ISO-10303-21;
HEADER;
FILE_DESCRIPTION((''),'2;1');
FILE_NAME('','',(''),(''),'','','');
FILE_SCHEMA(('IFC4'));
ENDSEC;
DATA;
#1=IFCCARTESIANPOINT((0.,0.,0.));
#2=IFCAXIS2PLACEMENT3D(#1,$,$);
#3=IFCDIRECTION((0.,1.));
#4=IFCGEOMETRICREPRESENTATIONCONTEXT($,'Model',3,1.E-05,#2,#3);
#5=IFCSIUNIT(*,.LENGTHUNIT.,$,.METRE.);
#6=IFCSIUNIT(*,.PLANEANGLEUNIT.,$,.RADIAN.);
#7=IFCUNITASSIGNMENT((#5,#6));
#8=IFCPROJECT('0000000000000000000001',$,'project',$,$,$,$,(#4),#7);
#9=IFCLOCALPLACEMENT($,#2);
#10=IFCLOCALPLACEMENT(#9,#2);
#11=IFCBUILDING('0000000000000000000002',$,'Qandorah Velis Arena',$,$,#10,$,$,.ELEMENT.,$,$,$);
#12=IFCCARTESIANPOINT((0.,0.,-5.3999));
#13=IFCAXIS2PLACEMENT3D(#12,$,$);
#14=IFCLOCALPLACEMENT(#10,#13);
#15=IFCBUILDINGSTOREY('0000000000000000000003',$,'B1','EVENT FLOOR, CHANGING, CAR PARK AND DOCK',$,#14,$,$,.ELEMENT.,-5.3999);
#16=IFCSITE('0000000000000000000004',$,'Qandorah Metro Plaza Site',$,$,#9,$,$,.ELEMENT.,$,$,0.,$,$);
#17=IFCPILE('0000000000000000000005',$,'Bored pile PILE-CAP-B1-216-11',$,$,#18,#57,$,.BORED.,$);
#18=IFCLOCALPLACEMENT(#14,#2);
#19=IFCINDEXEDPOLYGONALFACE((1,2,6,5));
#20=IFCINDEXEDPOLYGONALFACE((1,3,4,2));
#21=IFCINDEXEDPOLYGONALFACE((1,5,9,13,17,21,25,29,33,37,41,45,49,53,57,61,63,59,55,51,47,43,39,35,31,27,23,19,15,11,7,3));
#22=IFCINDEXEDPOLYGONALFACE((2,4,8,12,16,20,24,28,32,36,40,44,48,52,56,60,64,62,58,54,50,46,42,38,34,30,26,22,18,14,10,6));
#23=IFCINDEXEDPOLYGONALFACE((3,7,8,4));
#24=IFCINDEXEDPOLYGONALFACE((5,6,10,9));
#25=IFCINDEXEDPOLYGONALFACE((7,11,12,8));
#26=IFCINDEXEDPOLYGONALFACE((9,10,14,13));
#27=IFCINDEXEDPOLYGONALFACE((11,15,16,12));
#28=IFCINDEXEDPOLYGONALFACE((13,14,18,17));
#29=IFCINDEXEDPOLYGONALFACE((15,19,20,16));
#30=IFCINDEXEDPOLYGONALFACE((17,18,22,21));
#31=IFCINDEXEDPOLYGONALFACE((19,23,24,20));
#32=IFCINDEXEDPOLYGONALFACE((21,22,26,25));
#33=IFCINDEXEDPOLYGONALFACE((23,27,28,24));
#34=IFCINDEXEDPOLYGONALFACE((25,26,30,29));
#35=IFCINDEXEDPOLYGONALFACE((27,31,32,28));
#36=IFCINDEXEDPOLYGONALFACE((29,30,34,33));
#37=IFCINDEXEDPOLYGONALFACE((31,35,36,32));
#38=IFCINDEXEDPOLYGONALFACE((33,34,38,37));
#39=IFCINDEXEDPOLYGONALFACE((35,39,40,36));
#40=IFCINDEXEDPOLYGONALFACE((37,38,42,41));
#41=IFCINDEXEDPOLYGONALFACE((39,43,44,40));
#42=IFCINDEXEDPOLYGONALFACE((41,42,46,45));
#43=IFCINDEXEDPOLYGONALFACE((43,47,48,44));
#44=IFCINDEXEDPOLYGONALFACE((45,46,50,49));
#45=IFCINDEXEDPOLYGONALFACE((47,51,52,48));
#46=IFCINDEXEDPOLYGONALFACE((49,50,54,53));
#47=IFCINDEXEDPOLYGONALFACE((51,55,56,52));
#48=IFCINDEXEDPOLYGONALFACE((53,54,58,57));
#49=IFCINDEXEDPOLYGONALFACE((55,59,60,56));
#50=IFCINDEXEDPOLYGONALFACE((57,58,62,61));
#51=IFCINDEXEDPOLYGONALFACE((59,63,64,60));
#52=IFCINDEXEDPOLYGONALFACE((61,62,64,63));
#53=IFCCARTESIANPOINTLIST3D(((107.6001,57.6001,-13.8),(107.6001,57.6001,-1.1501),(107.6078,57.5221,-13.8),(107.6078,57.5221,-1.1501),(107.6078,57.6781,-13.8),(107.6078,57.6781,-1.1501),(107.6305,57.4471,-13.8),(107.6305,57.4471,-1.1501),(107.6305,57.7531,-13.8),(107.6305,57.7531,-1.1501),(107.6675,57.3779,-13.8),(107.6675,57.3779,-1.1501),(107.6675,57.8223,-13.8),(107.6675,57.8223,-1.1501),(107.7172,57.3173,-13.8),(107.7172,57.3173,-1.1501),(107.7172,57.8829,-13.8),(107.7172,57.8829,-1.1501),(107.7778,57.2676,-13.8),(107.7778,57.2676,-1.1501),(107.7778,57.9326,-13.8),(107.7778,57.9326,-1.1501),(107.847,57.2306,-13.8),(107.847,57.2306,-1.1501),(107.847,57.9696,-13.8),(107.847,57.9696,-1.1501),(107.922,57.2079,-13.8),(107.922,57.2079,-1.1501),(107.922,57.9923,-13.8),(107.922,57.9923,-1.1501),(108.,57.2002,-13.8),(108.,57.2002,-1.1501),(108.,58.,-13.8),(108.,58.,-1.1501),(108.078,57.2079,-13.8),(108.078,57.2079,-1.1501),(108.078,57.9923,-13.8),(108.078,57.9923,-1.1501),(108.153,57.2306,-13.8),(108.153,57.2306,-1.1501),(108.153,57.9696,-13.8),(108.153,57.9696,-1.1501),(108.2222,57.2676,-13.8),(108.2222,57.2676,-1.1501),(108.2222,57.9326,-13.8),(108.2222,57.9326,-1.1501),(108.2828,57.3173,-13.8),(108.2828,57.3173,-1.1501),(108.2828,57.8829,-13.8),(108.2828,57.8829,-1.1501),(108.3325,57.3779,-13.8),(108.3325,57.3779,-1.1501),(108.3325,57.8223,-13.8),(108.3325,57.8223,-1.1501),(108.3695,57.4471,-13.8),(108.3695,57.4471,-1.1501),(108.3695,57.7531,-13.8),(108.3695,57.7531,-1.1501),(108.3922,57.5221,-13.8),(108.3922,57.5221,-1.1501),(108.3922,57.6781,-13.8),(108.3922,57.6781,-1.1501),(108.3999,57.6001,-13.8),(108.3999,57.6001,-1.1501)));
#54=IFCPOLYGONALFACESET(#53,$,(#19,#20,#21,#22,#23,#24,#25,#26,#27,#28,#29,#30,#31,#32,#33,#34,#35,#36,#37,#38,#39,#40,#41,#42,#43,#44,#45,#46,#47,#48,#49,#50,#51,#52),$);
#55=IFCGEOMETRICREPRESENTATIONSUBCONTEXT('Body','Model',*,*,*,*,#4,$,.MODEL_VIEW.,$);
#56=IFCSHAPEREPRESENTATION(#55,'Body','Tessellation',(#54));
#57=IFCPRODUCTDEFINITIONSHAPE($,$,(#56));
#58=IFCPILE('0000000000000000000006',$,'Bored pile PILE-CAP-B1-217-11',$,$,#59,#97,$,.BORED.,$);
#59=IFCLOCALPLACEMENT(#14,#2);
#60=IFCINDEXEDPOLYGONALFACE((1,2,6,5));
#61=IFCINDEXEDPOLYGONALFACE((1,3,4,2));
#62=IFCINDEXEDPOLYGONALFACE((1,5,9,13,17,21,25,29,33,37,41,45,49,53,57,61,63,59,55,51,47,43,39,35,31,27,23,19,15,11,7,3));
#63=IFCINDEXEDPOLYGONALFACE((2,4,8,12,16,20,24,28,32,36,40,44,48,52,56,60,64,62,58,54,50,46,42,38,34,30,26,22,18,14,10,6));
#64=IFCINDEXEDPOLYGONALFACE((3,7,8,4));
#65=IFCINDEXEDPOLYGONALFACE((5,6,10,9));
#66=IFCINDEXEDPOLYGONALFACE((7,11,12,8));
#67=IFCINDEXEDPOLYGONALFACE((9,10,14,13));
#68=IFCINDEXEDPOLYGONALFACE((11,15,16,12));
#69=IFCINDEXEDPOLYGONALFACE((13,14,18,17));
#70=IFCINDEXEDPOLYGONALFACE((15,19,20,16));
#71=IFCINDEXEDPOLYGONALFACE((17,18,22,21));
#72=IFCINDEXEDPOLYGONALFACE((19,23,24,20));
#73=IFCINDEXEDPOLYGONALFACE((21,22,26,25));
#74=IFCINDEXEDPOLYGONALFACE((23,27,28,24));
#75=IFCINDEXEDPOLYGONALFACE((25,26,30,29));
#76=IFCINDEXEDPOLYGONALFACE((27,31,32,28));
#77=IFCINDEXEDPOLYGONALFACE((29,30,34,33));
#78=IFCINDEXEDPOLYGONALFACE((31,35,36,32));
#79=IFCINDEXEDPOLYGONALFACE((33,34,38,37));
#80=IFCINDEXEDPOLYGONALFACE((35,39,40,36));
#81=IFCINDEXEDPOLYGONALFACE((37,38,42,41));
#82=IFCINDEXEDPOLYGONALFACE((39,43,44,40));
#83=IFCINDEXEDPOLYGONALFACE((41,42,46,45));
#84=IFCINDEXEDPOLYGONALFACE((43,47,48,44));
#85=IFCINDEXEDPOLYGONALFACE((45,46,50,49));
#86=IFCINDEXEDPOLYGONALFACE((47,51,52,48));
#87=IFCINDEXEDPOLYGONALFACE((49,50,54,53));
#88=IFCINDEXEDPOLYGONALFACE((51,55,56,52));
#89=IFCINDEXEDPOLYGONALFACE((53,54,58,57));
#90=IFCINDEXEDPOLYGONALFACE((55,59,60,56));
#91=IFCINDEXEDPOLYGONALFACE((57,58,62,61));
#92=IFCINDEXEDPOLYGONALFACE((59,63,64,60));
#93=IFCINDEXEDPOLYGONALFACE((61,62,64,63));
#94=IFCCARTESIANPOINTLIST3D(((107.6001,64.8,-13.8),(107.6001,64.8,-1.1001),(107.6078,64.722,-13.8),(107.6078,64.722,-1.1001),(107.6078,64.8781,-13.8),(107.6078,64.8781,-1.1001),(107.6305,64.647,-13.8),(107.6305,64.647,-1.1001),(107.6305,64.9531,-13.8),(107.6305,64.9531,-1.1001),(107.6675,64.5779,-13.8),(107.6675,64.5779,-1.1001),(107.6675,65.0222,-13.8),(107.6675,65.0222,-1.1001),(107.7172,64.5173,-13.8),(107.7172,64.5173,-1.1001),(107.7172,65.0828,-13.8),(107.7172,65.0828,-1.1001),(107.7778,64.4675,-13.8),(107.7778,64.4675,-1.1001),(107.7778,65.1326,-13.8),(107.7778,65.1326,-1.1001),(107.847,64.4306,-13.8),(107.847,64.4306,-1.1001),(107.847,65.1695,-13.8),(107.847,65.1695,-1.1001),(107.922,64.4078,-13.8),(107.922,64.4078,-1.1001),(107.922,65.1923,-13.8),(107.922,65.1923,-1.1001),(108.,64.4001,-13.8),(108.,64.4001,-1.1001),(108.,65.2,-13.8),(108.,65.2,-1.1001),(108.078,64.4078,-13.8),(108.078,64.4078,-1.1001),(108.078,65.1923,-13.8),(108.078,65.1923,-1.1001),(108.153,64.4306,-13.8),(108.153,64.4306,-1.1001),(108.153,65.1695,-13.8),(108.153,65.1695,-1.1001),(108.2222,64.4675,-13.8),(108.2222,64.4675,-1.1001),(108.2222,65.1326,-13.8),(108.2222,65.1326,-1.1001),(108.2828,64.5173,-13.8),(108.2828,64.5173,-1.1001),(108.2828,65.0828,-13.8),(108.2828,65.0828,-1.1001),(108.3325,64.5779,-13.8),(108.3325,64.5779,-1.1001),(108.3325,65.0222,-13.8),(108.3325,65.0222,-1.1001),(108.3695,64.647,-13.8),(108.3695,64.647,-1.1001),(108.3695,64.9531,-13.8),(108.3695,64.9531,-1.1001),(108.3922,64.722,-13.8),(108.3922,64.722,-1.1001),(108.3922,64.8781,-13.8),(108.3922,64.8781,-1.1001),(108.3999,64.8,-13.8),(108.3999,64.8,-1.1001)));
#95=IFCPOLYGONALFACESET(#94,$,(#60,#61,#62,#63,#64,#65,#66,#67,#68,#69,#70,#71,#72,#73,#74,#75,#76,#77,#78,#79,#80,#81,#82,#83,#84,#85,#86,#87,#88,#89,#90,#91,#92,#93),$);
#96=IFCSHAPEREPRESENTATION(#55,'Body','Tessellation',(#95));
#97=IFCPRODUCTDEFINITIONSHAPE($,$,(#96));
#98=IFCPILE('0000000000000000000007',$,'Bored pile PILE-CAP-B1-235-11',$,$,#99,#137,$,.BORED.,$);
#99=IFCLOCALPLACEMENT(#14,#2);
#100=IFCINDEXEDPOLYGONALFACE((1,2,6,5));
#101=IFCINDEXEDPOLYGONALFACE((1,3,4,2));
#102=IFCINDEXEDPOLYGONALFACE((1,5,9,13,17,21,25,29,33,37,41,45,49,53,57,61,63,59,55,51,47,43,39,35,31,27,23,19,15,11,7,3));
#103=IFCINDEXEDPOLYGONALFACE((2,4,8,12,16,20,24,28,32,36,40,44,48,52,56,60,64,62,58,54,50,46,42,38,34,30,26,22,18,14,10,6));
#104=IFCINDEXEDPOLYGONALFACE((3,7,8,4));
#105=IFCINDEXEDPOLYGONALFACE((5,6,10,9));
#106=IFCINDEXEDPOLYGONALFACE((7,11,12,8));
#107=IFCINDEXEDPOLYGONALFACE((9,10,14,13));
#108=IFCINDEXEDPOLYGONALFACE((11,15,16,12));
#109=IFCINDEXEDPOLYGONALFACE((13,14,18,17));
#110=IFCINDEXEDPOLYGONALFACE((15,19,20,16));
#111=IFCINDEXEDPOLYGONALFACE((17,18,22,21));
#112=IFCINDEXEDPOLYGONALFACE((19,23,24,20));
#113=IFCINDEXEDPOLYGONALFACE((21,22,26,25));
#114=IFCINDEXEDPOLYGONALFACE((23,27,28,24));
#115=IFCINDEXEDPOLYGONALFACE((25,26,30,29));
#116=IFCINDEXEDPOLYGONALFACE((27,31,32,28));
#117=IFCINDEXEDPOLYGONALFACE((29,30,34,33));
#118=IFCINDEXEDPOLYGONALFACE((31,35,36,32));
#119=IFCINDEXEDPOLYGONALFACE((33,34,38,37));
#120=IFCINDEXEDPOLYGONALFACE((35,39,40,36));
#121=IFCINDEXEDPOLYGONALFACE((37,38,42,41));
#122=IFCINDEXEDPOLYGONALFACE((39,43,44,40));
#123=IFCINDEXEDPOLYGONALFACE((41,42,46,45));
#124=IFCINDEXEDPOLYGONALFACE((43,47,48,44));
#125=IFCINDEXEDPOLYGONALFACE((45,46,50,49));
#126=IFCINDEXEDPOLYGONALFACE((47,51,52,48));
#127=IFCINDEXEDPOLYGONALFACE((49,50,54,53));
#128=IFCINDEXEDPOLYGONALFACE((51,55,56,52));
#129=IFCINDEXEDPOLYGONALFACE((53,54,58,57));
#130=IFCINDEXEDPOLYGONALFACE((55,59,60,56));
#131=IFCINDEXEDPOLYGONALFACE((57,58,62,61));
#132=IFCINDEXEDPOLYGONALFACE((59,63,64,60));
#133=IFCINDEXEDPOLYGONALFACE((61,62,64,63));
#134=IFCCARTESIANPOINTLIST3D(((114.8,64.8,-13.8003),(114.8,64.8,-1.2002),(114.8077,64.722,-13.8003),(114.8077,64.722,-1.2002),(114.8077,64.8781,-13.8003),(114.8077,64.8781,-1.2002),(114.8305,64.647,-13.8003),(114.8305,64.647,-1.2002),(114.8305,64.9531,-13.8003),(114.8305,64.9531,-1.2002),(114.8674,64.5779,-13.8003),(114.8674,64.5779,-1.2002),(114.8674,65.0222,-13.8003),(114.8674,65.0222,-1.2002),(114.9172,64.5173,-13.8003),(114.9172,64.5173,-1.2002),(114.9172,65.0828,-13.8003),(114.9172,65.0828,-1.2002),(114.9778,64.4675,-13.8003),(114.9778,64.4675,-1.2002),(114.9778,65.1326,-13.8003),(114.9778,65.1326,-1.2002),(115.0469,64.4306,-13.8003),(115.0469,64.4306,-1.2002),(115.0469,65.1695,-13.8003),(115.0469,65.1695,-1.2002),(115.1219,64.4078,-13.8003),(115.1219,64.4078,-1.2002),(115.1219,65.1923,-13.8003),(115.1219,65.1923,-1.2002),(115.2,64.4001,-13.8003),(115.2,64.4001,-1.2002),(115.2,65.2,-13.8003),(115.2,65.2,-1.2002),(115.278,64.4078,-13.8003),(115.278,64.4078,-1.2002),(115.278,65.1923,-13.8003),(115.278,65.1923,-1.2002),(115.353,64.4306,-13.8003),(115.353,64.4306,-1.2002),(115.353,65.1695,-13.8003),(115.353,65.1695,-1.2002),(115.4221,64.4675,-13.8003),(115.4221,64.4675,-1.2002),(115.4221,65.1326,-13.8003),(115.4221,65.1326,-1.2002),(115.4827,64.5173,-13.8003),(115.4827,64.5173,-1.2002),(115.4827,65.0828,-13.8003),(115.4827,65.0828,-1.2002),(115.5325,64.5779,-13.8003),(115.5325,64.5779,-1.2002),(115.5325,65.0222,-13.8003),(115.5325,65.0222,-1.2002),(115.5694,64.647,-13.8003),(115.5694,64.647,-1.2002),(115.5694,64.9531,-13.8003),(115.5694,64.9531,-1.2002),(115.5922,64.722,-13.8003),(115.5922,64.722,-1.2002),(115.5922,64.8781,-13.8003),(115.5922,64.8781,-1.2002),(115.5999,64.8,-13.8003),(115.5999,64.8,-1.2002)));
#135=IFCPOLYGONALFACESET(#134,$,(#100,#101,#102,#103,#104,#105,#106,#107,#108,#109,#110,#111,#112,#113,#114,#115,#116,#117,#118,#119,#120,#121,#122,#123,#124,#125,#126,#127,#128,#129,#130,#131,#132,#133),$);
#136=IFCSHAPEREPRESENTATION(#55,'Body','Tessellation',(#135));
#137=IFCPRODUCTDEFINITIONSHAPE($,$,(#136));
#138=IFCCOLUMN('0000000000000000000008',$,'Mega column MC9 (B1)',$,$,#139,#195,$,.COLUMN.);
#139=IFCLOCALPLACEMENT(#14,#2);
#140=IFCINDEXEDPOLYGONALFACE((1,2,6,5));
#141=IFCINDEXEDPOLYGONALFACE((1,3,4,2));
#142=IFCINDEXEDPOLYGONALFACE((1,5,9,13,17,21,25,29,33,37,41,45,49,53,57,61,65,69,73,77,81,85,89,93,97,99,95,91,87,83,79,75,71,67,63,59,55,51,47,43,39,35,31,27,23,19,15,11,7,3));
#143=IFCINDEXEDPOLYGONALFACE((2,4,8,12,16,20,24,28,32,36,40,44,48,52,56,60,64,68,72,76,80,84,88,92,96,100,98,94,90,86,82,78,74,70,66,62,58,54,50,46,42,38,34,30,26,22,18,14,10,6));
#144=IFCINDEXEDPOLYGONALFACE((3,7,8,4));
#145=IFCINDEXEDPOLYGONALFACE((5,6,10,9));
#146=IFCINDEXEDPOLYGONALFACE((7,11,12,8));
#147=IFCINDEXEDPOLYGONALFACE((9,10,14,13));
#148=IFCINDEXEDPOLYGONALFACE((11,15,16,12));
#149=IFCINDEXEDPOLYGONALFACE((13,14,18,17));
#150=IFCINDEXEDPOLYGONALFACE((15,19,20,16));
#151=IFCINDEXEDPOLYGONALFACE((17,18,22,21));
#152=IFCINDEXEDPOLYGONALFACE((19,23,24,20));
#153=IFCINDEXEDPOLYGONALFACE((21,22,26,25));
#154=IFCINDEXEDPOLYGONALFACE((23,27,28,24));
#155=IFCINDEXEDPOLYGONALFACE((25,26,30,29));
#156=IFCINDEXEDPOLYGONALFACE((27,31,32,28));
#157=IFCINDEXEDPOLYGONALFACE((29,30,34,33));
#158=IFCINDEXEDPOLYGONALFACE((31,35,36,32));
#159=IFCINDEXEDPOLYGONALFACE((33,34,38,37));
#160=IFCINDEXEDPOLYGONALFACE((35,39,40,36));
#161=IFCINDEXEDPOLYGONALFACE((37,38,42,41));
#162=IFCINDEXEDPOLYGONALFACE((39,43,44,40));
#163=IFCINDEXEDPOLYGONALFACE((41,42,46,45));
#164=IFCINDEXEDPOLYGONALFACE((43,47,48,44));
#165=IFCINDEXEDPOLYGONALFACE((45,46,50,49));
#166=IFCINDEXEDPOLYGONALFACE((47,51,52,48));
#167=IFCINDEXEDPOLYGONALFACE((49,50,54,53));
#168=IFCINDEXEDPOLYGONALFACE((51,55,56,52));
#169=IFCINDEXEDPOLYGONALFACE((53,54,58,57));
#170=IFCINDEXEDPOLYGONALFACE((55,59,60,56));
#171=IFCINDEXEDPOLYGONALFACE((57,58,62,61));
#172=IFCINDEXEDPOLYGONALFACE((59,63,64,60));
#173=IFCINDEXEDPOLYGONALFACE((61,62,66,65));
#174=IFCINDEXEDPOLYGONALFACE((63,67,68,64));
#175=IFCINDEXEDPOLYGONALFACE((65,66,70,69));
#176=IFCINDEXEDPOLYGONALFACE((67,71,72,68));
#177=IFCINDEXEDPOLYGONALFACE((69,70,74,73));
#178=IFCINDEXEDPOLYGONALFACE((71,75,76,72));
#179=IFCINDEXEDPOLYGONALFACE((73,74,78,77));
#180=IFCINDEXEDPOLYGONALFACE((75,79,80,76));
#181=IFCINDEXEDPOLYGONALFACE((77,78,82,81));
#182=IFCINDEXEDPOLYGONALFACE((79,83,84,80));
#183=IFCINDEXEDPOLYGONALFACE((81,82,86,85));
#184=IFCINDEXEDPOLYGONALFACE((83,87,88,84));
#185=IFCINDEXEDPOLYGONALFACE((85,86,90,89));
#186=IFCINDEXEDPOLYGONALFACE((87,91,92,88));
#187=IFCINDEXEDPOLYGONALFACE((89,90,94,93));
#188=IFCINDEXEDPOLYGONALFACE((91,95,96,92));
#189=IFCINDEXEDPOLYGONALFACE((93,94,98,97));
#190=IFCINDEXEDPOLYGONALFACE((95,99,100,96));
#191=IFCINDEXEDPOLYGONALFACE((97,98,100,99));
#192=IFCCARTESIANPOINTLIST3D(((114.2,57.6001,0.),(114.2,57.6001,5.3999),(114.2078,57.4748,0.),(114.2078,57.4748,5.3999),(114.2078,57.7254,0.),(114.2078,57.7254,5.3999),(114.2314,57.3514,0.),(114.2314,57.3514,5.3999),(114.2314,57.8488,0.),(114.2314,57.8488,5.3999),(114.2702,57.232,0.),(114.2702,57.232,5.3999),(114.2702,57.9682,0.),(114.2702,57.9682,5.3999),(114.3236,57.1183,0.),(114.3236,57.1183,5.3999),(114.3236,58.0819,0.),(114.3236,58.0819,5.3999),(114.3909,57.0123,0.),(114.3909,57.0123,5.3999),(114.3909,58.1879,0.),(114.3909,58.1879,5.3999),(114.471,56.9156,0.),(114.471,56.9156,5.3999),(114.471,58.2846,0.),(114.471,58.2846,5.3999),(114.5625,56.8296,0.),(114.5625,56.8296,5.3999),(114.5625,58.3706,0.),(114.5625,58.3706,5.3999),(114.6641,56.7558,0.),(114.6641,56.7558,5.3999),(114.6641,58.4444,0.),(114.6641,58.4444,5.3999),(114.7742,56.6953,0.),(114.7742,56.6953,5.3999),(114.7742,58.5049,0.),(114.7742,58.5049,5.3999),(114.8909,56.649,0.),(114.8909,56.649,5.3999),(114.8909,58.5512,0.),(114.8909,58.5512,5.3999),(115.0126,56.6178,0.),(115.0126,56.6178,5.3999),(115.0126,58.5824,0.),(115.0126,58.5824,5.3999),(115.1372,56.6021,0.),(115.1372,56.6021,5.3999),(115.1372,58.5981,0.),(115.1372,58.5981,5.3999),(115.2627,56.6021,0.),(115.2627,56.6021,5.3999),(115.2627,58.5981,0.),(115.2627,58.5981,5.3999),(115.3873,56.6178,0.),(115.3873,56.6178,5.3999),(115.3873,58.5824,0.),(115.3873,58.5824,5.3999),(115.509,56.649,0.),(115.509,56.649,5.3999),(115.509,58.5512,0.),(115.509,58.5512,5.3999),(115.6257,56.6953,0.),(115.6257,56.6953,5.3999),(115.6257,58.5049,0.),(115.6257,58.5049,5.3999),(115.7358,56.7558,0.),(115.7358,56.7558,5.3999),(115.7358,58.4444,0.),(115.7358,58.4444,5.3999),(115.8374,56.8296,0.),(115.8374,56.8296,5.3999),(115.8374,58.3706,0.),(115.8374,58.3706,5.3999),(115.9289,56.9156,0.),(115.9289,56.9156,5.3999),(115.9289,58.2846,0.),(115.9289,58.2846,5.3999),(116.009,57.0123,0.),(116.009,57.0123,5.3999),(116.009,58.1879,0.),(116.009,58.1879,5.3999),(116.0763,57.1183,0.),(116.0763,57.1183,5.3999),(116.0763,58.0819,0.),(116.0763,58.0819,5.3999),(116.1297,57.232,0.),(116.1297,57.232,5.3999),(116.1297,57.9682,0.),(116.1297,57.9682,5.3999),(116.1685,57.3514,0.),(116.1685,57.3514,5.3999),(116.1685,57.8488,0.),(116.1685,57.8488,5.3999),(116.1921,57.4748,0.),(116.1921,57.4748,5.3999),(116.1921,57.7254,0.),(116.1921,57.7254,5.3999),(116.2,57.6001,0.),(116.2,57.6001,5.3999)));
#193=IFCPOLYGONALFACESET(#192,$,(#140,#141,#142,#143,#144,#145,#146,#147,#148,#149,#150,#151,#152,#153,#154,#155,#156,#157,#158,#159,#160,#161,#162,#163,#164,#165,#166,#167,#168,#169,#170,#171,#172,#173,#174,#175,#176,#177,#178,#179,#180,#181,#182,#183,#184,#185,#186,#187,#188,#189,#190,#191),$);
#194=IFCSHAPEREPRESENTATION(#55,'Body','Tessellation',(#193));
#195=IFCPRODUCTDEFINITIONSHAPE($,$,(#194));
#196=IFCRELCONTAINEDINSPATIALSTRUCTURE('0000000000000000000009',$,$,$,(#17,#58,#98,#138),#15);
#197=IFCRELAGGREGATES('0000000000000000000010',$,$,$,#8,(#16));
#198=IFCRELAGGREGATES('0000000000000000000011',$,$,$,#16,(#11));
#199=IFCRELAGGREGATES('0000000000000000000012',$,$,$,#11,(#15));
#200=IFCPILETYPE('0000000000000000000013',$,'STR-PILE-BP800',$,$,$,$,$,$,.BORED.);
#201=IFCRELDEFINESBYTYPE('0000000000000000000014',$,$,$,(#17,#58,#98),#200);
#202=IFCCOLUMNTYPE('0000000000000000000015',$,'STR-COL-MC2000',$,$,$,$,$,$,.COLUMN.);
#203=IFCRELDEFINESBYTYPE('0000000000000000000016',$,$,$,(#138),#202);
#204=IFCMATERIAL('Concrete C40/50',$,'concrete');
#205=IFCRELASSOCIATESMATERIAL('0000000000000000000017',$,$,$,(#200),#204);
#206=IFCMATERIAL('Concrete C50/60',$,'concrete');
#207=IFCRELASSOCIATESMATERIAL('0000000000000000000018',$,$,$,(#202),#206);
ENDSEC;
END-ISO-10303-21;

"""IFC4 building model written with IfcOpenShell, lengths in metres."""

from ifc_helpers import new_model, si_unit, direction, frame, origin, origin_2d, place, context, subcontext, project, spatial, circle, extrude, material, material_profile, profile_set, type_object, element, save


model = new_model("IFC4")

# Units and contexts
model_context = context("Model", 3, precision=1e-05, world=origin(), true_north=direction((0.0, 1.0)))
body_context = subcontext(model_context, "Body", "Model", "MODEL_VIEW")
ifc_project = project(units=[si_unit("LENGTHUNIT", "METRE"), si_unit("PLANEANGLEUNIT", "RADIAN")], contexts=[model_context])

# Site, building, storey
site_placement = place(None, origin())
site = spatial("IfcSite", under=ifc_project, at=site_placement, Name="Qandorah Metro Plaza Site", CompositionType="ELEMENT", RefElevation=0.0)
building_placement = place(site_placement, origin())
building = spatial("IfcBuilding", under=site, at=building_placement, Name="Qandorah Velis Arena", CompositionType="ELEMENT")
storey_placement = place(building_placement, frame((0.0, 0.0, -5.3999)))
storey = spatial("IfcBuildingStorey", under=building, at=storey_placement, Name="B1", Description="EVENT FLOOR, CHANGING, CAR PARK AND DOCK", CompositionType="ELEMENT", Elevation=-5.3999)

# Shared definitions
ifc_material_1 = material(Name="Concrete C40/50", Category="concrete")

# Piles
ifc_material_profile_1 = material_profile(ifc_material_1, circle(Radius=0.3999, at=origin_2d()), Name="BORED PILE D800")
ifc_profile_set_1 = profile_set([ifc_material_profile_1], Name="Concrete C40/50")
pile_type_1 = type_object("IfcPileType", Name="STR-PILE-BP800", PredefinedType="BORED", material=ifc_profile_set_1)
pile_1_placement = place(storey_placement, frame((108.0, 57.6001, -1.1501), z_axis=(0.0, 0.0, -1.0), x_axis=(1.0, 0.0, 0.0)))
element("IfcPile", 1, at=pile_1_placement, inside=storey, type_object=pile_type_1, Name="Bored pile PILE-CAP-B1-216-11", PredefinedType="BORED", context=body_context, shape_type="SweptSolid", body=[
    extrude(circle(Radius=0.3999, at=origin_2d()), origin(), (0.0, 0.0, 1.0), 12.6499),
])
pile_2_placement = place(storey_placement, frame((108.0, 64.8, -1.1001), z_axis=(0.0, 0.0, -1.0), x_axis=(1.0, 0.0, 0.0)))
element("IfcPile", 2, at=pile_2_placement, inside=storey, type_object=pile_type_1, Name="Bored pile PILE-CAP-B1-217-11", PredefinedType="BORED", context=body_context, shape_type="SweptSolid", body=[
    extrude(circle(Radius=0.3999, at=origin_2d()), origin(), (0.0, 0.0, 1.0), 12.7),
])
pile_3_placement = place(storey_placement, frame((115.2, 64.8, -1.2002), z_axis=(0.0, 0.0, -1.0), x_axis=(1.0, 0.0, 0.0)))
element("IfcPile", 3, at=pile_3_placement, inside=storey, type_object=pile_type_1, Name="Bored pile PILE-CAP-B1-235-11", PredefinedType="BORED", context=body_context, shape_type="SweptSolid", body=[
    extrude(circle(Radius=0.3999, at=origin_2d()), origin(), (0.0, 0.0, 1.0), 12.6001),
])

# Column
ifc_material_2 = material(Name="Concrete C50/60", Category="concrete")
ifc_material_profile_2 = material_profile(ifc_material_2, circle(Radius=1.0, at=origin_2d()), Name="MC D2000")
ifc_profile_set_2 = profile_set([ifc_material_profile_2], Name="Concrete C50/60")
column_type_1 = type_object("IfcColumnType", Name="STR-COL-MC2000", PredefinedType="COLUMN", material=ifc_profile_set_2)
column_1_placement = place(storey_placement, frame((115.2, 57.6001, 0.0), z_axis=(0.0, 0.0, 1.0), x_axis=(1.0, 0.0, 0.0)))
element("IfcColumn", 4, at=column_1_placement, inside=storey, type_object=column_type_1, Name="Mega column MC9 (B1)", PredefinedType="COLUMN", context=body_context, shape_type="SweptSolid", body=[
    extrude(circle(Radius=1.0, at=origin_2d()), origin(), (0.0, 0.0, 1.0), 5.3999),
])

save(model, "model.ifc")
